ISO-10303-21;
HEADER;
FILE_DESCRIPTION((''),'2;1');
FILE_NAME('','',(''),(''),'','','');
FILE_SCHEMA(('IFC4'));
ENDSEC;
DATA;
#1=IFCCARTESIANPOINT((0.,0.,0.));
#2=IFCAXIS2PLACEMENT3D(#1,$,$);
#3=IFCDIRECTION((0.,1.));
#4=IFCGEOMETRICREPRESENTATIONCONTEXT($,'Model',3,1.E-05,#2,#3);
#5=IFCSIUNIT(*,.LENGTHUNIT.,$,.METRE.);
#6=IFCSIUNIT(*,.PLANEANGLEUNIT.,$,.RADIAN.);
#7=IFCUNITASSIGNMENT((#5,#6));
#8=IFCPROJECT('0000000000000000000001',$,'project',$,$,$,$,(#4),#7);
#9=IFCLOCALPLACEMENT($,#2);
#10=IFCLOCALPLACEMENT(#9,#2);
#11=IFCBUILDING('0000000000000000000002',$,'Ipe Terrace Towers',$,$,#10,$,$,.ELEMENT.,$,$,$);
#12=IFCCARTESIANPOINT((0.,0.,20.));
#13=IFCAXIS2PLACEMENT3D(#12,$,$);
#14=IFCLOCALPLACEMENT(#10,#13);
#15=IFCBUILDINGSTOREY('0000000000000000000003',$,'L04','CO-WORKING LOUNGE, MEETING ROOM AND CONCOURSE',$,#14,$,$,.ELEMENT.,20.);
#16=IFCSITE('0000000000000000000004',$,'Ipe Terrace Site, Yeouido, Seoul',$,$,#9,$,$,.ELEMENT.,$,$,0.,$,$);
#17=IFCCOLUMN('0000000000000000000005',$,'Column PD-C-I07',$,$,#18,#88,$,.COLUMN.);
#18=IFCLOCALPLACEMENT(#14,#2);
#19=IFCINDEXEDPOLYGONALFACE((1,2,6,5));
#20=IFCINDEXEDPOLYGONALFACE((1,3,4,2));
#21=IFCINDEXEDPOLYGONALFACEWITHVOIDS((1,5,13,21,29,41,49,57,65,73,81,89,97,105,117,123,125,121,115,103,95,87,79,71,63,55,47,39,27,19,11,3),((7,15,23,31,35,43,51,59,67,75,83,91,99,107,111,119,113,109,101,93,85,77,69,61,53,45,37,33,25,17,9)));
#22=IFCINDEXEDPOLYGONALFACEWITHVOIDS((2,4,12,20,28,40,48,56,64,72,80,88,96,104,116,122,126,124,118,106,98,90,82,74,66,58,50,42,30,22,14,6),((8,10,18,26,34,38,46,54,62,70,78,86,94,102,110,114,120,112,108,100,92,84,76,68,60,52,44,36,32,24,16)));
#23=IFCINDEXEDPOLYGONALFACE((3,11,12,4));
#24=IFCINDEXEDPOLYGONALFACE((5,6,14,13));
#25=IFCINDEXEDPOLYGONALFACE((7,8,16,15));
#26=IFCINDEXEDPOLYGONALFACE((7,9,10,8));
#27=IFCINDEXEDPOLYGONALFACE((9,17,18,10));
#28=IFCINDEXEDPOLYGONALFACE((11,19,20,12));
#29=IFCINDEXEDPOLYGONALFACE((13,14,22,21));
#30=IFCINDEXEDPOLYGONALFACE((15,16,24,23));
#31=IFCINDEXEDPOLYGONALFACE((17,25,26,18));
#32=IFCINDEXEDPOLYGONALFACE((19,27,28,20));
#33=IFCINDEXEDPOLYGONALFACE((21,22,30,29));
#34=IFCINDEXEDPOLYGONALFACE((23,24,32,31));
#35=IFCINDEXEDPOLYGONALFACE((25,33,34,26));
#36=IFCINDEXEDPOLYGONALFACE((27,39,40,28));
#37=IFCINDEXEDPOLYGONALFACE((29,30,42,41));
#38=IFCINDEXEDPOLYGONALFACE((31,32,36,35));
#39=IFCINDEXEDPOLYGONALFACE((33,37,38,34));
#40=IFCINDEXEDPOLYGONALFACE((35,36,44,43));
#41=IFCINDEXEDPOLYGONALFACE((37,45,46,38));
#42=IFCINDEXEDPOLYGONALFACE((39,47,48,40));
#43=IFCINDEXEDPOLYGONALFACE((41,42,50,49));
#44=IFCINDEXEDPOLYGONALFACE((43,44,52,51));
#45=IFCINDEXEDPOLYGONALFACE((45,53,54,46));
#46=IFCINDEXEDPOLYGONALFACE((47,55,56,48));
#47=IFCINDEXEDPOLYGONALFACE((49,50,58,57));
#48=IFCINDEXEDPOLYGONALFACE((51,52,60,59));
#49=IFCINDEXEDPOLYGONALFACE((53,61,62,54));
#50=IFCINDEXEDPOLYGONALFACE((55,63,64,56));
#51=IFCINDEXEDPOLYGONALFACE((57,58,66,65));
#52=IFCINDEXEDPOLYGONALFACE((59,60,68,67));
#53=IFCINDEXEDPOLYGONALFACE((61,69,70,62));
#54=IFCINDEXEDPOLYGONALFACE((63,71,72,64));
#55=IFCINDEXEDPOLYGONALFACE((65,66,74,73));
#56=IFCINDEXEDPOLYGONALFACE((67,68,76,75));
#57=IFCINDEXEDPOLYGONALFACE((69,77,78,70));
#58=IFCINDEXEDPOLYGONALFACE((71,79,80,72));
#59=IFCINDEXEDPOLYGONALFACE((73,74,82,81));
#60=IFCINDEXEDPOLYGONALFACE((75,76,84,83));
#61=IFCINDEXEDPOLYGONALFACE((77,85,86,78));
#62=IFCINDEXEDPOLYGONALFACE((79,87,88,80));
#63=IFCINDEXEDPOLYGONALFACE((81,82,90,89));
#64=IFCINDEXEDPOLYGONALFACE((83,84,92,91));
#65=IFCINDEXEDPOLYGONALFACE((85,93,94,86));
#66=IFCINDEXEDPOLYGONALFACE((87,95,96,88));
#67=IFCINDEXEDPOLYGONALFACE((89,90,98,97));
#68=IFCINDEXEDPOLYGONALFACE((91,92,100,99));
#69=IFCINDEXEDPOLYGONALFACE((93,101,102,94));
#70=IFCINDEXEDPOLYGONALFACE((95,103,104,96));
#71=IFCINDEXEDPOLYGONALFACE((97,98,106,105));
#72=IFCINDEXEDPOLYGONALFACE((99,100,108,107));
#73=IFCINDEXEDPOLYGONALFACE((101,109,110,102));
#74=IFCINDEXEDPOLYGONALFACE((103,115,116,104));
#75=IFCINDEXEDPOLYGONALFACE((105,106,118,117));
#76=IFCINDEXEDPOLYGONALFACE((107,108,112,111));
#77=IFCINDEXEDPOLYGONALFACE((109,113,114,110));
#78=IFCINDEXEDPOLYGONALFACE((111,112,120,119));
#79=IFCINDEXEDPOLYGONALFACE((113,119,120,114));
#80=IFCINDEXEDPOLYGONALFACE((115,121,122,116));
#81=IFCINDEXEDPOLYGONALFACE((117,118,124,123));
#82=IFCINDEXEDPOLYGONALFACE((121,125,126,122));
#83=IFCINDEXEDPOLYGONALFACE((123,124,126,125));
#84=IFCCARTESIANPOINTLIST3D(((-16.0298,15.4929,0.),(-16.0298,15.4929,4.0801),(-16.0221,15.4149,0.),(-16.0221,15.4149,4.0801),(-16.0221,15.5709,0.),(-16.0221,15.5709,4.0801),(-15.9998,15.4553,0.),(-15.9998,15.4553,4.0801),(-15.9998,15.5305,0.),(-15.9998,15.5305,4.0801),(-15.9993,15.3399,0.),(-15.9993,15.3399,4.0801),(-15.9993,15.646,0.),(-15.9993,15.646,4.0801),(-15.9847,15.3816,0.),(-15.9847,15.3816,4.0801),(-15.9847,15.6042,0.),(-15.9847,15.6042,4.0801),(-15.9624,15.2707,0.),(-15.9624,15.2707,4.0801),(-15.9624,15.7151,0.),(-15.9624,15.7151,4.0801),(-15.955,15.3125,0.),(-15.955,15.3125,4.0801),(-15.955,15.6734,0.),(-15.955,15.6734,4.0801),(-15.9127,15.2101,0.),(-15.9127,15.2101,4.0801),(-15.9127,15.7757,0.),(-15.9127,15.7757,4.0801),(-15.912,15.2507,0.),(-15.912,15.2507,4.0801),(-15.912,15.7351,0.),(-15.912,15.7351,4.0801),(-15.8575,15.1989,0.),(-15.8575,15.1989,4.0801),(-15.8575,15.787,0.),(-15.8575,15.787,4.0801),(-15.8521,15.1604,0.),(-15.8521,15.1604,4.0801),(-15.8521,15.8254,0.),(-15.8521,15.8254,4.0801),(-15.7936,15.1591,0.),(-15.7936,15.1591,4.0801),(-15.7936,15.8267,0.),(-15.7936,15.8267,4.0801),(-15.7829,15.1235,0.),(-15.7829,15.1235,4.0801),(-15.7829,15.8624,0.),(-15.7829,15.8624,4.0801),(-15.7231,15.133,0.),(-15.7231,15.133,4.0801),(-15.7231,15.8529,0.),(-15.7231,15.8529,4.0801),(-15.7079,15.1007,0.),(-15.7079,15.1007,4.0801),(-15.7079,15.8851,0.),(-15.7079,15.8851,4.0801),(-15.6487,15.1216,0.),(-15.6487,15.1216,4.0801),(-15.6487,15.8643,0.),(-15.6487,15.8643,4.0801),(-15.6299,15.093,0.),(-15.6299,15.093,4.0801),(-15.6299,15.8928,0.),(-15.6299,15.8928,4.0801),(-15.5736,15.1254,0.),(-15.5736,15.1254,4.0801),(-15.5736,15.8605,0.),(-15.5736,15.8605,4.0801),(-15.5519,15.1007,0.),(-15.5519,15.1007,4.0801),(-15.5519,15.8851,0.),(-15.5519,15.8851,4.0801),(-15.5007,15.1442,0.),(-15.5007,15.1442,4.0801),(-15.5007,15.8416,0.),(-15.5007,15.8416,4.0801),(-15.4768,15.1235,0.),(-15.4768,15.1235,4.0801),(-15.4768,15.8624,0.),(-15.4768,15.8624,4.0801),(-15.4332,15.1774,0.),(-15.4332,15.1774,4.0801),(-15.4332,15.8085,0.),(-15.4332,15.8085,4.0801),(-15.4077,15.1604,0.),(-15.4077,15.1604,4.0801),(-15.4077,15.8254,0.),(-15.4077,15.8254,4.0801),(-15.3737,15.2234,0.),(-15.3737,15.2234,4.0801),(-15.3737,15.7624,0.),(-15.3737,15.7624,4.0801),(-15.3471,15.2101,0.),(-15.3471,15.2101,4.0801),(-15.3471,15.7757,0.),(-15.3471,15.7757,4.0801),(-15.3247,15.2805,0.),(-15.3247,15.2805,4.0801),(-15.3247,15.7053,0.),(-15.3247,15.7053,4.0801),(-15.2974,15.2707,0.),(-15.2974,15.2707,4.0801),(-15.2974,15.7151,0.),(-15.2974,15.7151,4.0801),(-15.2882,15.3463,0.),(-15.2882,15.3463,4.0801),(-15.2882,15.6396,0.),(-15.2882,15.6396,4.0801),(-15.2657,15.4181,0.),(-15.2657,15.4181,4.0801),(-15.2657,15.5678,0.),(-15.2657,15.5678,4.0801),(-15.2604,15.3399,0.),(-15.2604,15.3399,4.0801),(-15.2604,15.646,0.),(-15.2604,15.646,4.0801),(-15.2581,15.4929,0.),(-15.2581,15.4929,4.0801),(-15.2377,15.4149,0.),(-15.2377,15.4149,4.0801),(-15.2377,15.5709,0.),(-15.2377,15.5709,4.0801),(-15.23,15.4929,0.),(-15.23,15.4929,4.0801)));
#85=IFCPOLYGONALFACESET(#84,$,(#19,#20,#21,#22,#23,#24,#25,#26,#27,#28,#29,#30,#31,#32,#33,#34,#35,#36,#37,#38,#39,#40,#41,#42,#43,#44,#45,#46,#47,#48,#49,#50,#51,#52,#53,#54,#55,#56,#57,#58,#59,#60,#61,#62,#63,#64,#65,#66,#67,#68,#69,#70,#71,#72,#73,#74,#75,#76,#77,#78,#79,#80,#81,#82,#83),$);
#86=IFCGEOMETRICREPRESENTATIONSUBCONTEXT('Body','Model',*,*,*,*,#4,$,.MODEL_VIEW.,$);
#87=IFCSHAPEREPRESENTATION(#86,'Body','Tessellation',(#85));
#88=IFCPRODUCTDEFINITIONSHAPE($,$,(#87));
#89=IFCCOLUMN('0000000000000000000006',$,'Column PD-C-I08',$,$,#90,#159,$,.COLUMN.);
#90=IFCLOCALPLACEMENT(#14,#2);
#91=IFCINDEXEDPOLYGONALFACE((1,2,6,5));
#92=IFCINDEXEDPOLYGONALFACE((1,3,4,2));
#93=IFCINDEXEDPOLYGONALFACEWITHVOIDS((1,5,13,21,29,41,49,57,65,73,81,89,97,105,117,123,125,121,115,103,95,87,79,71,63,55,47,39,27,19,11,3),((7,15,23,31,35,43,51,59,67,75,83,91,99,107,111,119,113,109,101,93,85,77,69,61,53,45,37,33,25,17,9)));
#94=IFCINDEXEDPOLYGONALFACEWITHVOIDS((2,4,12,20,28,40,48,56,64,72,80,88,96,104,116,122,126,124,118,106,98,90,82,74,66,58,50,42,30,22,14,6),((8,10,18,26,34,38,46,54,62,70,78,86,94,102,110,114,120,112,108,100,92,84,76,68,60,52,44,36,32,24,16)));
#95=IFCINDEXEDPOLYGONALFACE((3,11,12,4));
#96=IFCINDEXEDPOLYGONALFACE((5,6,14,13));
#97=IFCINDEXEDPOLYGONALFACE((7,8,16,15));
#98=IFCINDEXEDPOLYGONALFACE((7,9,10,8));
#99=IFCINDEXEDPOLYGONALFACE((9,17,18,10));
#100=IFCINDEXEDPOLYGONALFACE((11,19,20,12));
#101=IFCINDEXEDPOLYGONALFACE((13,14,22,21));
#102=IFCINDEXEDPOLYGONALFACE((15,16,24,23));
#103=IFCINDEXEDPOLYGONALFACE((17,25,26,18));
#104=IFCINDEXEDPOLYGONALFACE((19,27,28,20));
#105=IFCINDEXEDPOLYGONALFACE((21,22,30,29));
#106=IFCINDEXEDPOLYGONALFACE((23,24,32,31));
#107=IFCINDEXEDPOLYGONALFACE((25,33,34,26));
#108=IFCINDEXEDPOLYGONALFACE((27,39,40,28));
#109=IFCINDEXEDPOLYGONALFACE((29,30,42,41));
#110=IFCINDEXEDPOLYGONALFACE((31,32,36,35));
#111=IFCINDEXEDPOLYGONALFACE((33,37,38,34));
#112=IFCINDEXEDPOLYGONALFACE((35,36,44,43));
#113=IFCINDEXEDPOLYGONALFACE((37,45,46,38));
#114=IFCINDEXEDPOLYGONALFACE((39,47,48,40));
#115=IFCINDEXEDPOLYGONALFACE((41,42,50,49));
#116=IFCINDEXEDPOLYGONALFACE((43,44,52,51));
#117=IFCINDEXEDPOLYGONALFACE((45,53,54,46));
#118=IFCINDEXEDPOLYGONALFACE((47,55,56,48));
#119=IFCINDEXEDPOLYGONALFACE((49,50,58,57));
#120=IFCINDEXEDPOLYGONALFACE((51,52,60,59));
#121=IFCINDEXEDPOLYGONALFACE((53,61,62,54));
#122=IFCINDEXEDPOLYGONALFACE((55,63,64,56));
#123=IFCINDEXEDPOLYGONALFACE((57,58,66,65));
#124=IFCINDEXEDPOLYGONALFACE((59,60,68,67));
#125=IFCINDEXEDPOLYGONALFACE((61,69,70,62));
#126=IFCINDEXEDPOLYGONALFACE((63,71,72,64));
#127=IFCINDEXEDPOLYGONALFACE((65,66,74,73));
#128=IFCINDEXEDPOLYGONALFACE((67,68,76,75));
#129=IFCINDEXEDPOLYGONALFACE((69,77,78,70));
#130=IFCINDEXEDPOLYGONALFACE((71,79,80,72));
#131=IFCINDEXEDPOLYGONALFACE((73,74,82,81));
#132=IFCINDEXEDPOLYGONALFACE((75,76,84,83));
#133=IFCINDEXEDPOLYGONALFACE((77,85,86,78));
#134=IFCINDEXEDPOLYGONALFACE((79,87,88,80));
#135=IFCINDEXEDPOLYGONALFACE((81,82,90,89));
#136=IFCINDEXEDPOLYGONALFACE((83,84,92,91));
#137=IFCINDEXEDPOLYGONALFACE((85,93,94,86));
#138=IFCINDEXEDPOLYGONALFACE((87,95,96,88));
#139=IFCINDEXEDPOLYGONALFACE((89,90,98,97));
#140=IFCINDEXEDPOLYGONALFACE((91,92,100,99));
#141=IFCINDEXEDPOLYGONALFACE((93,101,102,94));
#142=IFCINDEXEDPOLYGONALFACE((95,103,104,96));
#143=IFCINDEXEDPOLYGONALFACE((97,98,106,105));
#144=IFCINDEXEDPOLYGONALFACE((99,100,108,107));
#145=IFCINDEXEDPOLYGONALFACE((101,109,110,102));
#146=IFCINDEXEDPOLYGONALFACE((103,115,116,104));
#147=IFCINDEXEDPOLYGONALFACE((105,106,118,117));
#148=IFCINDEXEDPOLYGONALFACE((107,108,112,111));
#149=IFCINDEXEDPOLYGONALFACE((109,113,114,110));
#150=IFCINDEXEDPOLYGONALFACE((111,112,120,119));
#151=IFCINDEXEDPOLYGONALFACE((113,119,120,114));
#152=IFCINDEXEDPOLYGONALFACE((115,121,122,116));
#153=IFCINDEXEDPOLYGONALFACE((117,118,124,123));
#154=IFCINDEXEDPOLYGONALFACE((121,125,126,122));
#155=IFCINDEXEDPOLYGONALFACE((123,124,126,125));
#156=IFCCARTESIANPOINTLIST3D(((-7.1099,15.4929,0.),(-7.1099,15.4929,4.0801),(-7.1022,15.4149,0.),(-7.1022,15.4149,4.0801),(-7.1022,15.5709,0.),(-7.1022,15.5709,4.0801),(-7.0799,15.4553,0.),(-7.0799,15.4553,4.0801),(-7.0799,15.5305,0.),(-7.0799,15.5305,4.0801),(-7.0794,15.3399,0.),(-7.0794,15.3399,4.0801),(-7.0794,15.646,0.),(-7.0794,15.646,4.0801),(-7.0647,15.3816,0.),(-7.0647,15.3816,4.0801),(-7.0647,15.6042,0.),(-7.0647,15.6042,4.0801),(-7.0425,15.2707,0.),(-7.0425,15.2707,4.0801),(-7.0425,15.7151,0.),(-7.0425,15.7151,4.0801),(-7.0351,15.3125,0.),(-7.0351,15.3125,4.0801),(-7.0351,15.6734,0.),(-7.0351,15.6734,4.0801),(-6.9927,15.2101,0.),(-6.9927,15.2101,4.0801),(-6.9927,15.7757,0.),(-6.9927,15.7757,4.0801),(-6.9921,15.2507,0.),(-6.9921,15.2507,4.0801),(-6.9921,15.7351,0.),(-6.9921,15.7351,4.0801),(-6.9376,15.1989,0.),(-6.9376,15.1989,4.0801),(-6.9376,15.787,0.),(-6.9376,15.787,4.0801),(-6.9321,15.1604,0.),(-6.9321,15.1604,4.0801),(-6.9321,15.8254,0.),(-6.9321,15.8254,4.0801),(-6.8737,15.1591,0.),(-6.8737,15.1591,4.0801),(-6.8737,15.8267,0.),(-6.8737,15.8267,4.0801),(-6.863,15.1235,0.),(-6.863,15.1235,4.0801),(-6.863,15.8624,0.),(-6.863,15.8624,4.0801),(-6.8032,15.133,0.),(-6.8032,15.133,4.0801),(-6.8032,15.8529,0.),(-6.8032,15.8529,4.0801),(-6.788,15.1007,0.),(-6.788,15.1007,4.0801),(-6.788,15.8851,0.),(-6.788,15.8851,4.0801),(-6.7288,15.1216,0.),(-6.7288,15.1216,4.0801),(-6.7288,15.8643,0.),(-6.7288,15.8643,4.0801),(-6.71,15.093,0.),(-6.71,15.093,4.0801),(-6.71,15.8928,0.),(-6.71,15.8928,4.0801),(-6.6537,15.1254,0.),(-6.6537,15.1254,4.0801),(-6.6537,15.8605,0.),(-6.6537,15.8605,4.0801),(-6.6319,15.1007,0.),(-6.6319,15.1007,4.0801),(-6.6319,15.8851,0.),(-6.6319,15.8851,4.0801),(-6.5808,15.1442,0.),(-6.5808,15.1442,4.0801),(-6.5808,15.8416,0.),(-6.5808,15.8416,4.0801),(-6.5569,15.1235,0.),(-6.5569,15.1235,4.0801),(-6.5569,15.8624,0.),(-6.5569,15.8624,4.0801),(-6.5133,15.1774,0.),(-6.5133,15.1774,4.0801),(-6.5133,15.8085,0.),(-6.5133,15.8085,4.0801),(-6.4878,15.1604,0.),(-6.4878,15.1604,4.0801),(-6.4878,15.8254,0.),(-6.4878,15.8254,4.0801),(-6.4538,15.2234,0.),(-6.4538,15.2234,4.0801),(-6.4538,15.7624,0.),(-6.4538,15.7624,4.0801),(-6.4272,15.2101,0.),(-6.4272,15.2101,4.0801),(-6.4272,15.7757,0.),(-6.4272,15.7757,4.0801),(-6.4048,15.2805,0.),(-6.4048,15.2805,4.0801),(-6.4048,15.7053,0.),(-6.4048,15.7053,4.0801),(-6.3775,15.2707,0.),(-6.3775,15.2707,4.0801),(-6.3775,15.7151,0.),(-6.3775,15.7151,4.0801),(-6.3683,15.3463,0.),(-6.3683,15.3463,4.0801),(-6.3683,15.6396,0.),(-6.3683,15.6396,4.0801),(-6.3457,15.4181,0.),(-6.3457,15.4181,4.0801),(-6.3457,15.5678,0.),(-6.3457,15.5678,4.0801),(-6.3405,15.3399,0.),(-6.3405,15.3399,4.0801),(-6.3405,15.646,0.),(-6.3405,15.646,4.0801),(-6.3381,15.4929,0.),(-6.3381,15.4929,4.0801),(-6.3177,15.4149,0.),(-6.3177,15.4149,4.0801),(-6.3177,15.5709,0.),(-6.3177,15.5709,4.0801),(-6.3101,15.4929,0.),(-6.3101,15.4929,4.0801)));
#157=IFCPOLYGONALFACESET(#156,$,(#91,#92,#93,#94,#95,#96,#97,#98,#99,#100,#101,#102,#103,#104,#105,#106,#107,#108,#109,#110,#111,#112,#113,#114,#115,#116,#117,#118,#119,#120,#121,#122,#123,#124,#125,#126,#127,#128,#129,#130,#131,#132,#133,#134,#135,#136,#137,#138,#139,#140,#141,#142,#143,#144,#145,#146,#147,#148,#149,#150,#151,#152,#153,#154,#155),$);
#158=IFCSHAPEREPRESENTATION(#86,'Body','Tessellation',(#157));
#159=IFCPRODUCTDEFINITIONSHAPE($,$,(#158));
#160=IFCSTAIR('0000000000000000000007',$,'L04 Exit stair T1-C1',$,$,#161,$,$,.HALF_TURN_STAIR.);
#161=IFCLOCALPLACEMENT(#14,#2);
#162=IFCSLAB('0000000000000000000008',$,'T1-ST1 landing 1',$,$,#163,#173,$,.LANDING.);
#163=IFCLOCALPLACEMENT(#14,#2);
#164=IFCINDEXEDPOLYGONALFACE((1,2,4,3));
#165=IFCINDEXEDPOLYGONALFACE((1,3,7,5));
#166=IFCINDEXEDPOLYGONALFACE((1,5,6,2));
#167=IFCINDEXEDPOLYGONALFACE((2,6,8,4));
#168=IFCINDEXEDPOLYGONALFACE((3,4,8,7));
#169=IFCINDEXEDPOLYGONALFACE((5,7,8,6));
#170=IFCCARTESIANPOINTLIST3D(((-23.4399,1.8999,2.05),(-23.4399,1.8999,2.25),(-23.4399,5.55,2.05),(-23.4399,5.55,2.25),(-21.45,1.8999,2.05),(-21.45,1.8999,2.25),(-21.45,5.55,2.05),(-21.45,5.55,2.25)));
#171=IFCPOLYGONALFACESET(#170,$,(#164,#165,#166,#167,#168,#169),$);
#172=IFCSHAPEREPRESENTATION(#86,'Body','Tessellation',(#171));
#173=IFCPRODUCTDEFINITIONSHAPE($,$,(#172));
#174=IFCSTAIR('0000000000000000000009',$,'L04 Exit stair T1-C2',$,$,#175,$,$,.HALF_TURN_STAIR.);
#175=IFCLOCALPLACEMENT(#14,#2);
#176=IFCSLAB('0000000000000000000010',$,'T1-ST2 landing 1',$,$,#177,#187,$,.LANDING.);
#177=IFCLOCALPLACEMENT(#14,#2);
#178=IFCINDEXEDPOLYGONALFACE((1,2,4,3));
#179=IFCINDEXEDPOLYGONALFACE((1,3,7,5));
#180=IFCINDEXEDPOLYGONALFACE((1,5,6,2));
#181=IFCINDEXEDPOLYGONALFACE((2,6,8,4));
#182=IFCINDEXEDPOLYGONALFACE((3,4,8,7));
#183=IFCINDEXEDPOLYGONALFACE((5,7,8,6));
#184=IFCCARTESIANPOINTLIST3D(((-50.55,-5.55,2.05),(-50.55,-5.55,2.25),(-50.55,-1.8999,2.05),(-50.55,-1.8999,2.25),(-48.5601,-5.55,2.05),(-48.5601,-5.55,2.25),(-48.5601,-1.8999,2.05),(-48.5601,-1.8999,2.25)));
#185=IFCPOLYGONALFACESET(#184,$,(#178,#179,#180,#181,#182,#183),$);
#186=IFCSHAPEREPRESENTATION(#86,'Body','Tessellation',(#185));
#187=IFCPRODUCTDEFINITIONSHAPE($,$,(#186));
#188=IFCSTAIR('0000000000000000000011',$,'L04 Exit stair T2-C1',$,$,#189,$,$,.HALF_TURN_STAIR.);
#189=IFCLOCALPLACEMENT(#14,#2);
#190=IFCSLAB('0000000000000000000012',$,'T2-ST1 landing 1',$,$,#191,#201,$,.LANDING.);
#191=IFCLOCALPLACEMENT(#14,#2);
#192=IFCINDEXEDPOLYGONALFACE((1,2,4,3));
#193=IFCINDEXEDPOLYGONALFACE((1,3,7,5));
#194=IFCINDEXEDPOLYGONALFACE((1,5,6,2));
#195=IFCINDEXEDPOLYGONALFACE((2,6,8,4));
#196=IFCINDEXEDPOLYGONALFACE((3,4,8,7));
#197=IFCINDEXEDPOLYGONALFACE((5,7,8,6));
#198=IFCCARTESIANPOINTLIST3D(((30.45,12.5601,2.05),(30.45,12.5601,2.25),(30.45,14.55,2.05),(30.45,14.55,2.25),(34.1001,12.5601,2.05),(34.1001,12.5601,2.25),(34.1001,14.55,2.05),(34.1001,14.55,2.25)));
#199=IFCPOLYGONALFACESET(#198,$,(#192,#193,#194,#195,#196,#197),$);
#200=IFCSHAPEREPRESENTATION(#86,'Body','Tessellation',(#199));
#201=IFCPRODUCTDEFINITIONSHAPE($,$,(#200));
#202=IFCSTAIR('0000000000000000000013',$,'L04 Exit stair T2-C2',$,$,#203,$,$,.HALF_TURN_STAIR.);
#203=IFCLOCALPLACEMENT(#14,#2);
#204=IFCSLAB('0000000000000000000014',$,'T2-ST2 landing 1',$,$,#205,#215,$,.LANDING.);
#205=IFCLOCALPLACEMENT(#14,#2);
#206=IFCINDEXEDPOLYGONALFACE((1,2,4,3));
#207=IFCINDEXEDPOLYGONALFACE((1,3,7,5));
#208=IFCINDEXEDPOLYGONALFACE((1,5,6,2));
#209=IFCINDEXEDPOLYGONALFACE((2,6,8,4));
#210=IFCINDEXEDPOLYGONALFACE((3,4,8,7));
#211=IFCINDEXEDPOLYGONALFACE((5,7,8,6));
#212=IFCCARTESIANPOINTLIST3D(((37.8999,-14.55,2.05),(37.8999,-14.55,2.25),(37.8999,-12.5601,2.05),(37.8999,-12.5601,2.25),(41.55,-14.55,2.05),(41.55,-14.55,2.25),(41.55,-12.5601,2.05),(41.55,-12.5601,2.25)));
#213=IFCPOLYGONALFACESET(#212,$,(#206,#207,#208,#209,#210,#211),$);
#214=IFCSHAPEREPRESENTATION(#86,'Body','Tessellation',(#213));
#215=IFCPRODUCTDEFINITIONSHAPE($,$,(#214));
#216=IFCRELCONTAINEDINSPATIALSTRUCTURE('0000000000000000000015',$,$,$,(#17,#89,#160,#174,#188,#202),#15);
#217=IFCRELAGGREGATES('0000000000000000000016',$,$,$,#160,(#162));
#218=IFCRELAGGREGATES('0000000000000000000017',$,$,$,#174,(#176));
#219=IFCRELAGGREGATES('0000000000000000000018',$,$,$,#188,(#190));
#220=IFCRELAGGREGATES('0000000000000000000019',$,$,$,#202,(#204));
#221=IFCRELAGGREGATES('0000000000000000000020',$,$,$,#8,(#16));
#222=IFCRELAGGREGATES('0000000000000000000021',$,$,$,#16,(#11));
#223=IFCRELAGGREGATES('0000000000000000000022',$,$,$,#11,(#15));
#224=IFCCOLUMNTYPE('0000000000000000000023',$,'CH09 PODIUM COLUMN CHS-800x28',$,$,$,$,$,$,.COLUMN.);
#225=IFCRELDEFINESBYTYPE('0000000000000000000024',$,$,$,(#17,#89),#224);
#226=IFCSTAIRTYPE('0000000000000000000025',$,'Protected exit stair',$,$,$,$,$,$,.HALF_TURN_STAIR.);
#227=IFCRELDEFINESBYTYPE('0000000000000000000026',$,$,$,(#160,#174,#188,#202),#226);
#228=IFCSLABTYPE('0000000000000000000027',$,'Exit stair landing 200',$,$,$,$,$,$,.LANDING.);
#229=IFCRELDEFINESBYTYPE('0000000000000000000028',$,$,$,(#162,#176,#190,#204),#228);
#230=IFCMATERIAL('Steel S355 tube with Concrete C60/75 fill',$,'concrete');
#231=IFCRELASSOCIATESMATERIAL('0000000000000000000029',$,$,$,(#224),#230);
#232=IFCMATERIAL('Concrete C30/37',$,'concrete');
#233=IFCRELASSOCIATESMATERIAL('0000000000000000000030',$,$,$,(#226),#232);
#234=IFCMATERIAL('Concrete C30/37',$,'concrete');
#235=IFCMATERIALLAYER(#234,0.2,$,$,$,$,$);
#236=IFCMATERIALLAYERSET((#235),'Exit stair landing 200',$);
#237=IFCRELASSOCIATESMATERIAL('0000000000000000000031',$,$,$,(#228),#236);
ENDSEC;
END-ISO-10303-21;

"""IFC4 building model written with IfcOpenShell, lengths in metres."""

from ifc_helpers import new_model, si_unit, direction, frame, origin, origin_2d, place, context, subcontext, project, spatial, polyline, hollow_circle, outline, extrude, material, layer, layer_set, material_profile, profile_set, type_object, element, aggregate, save


model = new_model("IFC4")

# Units and contexts
model_context = context("Model", 3, precision=1e-05, world=origin(), true_north=direction((0.0, 1.0)))
body_context = subcontext(model_context, "Body", "Model", "MODEL_VIEW")
ifc_project = project(units=[si_unit("LENGTHUNIT", "METRE"), si_unit("PLANEANGLEUNIT", "RADIAN")], contexts=[model_context])

# Site, building, storey
site_placement = place(None, origin())
site = spatial("IfcSite", under=ifc_project, at=site_placement, Name="Ipe Terrace Site, Yeouido, Seoul", CompositionType="ELEMENT", RefElevation=0.0)
building_placement = place(site_placement, origin())
building = spatial("IfcBuilding", under=site, at=building_placement, Name="Ipe Terrace Towers", CompositionType="ELEMENT")
storey_placement = place(building_placement, frame((0.0, 0.0, 20.0)))
storey = spatial("IfcBuildingStorey", under=building, at=storey_placement, Name="L04", Description="CO-WORKING LOUNGE, MEETING ROOM AND CONCOURSE", CompositionType="ELEMENT", Elevation=20.0)

# Columns
ifc_material_1 = material(Name="Steel S355 tube with Concrete C60/75 fill", Category="concrete")
ifc_material_profile_1 = material_profile(ifc_material_1, hollow_circle(Radius=0.3999, WallThickness=0.0281, at=origin_2d()), Name="CHS-800x28")
ifc_profile_set_1 = profile_set([ifc_material_profile_1], Name="Steel S355 tube with Concrete C60/75 fill")
column_type_1 = type_object("IfcColumnType", Name="CH09 PODIUM COLUMN CHS-800x28", PredefinedType="COLUMN", material=ifc_profile_set_1)
for number, where, z_axis, x_axis, name in (
    (1, (-15.6299, 15.4929, 0.0), (0.0, 0.0, 1.0), (1.0, 0.0, 0.0), "Column PD-C-I07"),
    (2, (-6.71, 15.4929, 0.0), (0.0, 0.0, 1.0), (1.0, 0.0, 0.0), "Column PD-C-I08"),
):
    element("IfcColumn", number, at=place(storey_placement, frame(where, z_axis=z_axis, x_axis=x_axis)), inside=storey, type_object=column_type_1, Name=name, PredefinedType="COLUMN", context=body_context, shape_type="SweptSolid", body=[
        extrude(hollow_circle(Radius=0.3999, WallThickness=0.0281, at=origin_2d()), origin(), (0.0, 0.0, 1.0), 4.0801),
    ])

# Stairs, slabs
ifc_material_2 = material(Name="Concrete C30/37", Category="concrete")
stair_type = type_object("IfcStairType", Name="Protected exit stair", PredefinedType="HALF_TURN_STAIR", material=ifc_material_2)
stair_1_placement = place(storey_placement, origin())
stair_1 = element("IfcStair", 3, at=stair_1_placement, inside=storey, type_object=stair_type, Name="L04 Exit stair T1-C1", PredefinedType="HALF_TURN_STAIR")
ifc_material_3 = material(Name="Concrete C30/37", Category="concrete")
ifc_layer_1 = layer(ifc_material_3, 0.2)
ifc_layer_set_1 = layer_set([ifc_layer_1], Name="Exit stair landing 200")
slab_type = type_object("IfcSlabType", Name="Exit stair landing 200", PredefinedType="LANDING", material=ifc_layer_set_1)
slab_1_placement = place(storey_placement, frame((0.0, 0.0, 2.05)))
slab_1 = element("IfcSlab", 4, at=slab_1_placement, type_object=slab_type, Name="T1-ST1 landing 1", PredefinedType="LANDING", context=body_context, shape_type="SweptSolid", body=[
    extrude(outline(polyline([(-23.4399, 1.8999), (-21.45, 1.8999), (-21.45, 5.55), (-23.4399, 5.55), (-23.4399, 1.8999)])), origin(), (0.0, 0.0, 1.0), 0.2),
])
aggregate(stair_1, [slab_1])
stair_2_placement = place(storey_placement, origin())
stair_2 = element("IfcStair", 5, at=stair_2_placement, inside=storey, type_object=stair_type, Name="L04 Exit stair T1-C2", PredefinedType="HALF_TURN_STAIR")
slab_2_placement = place(storey_placement, frame((0.0, 0.0, 2.05)))
slab_2 = element("IfcSlab", 6, at=slab_2_placement, type_object=slab_type, Name="T1-ST2 landing 1", PredefinedType="LANDING", context=body_context, shape_type="SweptSolid", body=[
    extrude(outline(polyline([(-48.5601, -1.8999), (-50.55, -1.8999), (-50.55, -5.55), (-48.5601, -5.55), (-48.5601, -1.8999)])), origin(), (0.0, 0.0, 1.0), 0.2),
])
aggregate(stair_2, [slab_2])
stair_3_placement = place(storey_placement, origin())
stair_3 = element("IfcStair", 7, at=stair_3_placement, inside=storey, type_object=stair_type, Name="L04 Exit stair T2-C1", PredefinedType="HALF_TURN_STAIR")
slab_3_placement = place(storey_placement, frame((0.0, 0.0, 2.05)))
slab_3 = element("IfcSlab", 8, at=slab_3_placement, type_object=slab_type, Name="T2-ST1 landing 1", PredefinedType="LANDING", context=body_context, shape_type="SweptSolid", body=[
    extrude(outline(polyline([(34.1001, 12.5601), (34.1001, 14.55), (30.45, 14.55), (30.45, 12.5601), (34.1001, 12.5601)])), origin(), (0.0, 0.0, 1.0), 0.2),
])
aggregate(stair_3, [slab_3])
stair_4_placement = place(storey_placement, origin())
stair_4 = element("IfcStair", 9, at=stair_4_placement, inside=storey, type_object=stair_type, Name="L04 Exit stair T2-C2", PredefinedType="HALF_TURN_STAIR")
slab_4_placement = place(storey_placement, frame((0.0, 0.0, 2.05)))
slab_4 = element("IfcSlab", 10, at=slab_4_placement, type_object=slab_type, Name="T2-ST2 landing 1", PredefinedType="LANDING", context=body_context, shape_type="SweptSolid", body=[
    extrude(outline(polyline([(37.8999, -12.5601), (37.8999, -14.55), (41.55, -14.55), (41.55, -12.5601), (37.8999, -12.5601)])), origin(), (0.0, 0.0, 1.0), 0.2),
])
aggregate(stair_4, [slab_4])

save(model, "model.ifc")
